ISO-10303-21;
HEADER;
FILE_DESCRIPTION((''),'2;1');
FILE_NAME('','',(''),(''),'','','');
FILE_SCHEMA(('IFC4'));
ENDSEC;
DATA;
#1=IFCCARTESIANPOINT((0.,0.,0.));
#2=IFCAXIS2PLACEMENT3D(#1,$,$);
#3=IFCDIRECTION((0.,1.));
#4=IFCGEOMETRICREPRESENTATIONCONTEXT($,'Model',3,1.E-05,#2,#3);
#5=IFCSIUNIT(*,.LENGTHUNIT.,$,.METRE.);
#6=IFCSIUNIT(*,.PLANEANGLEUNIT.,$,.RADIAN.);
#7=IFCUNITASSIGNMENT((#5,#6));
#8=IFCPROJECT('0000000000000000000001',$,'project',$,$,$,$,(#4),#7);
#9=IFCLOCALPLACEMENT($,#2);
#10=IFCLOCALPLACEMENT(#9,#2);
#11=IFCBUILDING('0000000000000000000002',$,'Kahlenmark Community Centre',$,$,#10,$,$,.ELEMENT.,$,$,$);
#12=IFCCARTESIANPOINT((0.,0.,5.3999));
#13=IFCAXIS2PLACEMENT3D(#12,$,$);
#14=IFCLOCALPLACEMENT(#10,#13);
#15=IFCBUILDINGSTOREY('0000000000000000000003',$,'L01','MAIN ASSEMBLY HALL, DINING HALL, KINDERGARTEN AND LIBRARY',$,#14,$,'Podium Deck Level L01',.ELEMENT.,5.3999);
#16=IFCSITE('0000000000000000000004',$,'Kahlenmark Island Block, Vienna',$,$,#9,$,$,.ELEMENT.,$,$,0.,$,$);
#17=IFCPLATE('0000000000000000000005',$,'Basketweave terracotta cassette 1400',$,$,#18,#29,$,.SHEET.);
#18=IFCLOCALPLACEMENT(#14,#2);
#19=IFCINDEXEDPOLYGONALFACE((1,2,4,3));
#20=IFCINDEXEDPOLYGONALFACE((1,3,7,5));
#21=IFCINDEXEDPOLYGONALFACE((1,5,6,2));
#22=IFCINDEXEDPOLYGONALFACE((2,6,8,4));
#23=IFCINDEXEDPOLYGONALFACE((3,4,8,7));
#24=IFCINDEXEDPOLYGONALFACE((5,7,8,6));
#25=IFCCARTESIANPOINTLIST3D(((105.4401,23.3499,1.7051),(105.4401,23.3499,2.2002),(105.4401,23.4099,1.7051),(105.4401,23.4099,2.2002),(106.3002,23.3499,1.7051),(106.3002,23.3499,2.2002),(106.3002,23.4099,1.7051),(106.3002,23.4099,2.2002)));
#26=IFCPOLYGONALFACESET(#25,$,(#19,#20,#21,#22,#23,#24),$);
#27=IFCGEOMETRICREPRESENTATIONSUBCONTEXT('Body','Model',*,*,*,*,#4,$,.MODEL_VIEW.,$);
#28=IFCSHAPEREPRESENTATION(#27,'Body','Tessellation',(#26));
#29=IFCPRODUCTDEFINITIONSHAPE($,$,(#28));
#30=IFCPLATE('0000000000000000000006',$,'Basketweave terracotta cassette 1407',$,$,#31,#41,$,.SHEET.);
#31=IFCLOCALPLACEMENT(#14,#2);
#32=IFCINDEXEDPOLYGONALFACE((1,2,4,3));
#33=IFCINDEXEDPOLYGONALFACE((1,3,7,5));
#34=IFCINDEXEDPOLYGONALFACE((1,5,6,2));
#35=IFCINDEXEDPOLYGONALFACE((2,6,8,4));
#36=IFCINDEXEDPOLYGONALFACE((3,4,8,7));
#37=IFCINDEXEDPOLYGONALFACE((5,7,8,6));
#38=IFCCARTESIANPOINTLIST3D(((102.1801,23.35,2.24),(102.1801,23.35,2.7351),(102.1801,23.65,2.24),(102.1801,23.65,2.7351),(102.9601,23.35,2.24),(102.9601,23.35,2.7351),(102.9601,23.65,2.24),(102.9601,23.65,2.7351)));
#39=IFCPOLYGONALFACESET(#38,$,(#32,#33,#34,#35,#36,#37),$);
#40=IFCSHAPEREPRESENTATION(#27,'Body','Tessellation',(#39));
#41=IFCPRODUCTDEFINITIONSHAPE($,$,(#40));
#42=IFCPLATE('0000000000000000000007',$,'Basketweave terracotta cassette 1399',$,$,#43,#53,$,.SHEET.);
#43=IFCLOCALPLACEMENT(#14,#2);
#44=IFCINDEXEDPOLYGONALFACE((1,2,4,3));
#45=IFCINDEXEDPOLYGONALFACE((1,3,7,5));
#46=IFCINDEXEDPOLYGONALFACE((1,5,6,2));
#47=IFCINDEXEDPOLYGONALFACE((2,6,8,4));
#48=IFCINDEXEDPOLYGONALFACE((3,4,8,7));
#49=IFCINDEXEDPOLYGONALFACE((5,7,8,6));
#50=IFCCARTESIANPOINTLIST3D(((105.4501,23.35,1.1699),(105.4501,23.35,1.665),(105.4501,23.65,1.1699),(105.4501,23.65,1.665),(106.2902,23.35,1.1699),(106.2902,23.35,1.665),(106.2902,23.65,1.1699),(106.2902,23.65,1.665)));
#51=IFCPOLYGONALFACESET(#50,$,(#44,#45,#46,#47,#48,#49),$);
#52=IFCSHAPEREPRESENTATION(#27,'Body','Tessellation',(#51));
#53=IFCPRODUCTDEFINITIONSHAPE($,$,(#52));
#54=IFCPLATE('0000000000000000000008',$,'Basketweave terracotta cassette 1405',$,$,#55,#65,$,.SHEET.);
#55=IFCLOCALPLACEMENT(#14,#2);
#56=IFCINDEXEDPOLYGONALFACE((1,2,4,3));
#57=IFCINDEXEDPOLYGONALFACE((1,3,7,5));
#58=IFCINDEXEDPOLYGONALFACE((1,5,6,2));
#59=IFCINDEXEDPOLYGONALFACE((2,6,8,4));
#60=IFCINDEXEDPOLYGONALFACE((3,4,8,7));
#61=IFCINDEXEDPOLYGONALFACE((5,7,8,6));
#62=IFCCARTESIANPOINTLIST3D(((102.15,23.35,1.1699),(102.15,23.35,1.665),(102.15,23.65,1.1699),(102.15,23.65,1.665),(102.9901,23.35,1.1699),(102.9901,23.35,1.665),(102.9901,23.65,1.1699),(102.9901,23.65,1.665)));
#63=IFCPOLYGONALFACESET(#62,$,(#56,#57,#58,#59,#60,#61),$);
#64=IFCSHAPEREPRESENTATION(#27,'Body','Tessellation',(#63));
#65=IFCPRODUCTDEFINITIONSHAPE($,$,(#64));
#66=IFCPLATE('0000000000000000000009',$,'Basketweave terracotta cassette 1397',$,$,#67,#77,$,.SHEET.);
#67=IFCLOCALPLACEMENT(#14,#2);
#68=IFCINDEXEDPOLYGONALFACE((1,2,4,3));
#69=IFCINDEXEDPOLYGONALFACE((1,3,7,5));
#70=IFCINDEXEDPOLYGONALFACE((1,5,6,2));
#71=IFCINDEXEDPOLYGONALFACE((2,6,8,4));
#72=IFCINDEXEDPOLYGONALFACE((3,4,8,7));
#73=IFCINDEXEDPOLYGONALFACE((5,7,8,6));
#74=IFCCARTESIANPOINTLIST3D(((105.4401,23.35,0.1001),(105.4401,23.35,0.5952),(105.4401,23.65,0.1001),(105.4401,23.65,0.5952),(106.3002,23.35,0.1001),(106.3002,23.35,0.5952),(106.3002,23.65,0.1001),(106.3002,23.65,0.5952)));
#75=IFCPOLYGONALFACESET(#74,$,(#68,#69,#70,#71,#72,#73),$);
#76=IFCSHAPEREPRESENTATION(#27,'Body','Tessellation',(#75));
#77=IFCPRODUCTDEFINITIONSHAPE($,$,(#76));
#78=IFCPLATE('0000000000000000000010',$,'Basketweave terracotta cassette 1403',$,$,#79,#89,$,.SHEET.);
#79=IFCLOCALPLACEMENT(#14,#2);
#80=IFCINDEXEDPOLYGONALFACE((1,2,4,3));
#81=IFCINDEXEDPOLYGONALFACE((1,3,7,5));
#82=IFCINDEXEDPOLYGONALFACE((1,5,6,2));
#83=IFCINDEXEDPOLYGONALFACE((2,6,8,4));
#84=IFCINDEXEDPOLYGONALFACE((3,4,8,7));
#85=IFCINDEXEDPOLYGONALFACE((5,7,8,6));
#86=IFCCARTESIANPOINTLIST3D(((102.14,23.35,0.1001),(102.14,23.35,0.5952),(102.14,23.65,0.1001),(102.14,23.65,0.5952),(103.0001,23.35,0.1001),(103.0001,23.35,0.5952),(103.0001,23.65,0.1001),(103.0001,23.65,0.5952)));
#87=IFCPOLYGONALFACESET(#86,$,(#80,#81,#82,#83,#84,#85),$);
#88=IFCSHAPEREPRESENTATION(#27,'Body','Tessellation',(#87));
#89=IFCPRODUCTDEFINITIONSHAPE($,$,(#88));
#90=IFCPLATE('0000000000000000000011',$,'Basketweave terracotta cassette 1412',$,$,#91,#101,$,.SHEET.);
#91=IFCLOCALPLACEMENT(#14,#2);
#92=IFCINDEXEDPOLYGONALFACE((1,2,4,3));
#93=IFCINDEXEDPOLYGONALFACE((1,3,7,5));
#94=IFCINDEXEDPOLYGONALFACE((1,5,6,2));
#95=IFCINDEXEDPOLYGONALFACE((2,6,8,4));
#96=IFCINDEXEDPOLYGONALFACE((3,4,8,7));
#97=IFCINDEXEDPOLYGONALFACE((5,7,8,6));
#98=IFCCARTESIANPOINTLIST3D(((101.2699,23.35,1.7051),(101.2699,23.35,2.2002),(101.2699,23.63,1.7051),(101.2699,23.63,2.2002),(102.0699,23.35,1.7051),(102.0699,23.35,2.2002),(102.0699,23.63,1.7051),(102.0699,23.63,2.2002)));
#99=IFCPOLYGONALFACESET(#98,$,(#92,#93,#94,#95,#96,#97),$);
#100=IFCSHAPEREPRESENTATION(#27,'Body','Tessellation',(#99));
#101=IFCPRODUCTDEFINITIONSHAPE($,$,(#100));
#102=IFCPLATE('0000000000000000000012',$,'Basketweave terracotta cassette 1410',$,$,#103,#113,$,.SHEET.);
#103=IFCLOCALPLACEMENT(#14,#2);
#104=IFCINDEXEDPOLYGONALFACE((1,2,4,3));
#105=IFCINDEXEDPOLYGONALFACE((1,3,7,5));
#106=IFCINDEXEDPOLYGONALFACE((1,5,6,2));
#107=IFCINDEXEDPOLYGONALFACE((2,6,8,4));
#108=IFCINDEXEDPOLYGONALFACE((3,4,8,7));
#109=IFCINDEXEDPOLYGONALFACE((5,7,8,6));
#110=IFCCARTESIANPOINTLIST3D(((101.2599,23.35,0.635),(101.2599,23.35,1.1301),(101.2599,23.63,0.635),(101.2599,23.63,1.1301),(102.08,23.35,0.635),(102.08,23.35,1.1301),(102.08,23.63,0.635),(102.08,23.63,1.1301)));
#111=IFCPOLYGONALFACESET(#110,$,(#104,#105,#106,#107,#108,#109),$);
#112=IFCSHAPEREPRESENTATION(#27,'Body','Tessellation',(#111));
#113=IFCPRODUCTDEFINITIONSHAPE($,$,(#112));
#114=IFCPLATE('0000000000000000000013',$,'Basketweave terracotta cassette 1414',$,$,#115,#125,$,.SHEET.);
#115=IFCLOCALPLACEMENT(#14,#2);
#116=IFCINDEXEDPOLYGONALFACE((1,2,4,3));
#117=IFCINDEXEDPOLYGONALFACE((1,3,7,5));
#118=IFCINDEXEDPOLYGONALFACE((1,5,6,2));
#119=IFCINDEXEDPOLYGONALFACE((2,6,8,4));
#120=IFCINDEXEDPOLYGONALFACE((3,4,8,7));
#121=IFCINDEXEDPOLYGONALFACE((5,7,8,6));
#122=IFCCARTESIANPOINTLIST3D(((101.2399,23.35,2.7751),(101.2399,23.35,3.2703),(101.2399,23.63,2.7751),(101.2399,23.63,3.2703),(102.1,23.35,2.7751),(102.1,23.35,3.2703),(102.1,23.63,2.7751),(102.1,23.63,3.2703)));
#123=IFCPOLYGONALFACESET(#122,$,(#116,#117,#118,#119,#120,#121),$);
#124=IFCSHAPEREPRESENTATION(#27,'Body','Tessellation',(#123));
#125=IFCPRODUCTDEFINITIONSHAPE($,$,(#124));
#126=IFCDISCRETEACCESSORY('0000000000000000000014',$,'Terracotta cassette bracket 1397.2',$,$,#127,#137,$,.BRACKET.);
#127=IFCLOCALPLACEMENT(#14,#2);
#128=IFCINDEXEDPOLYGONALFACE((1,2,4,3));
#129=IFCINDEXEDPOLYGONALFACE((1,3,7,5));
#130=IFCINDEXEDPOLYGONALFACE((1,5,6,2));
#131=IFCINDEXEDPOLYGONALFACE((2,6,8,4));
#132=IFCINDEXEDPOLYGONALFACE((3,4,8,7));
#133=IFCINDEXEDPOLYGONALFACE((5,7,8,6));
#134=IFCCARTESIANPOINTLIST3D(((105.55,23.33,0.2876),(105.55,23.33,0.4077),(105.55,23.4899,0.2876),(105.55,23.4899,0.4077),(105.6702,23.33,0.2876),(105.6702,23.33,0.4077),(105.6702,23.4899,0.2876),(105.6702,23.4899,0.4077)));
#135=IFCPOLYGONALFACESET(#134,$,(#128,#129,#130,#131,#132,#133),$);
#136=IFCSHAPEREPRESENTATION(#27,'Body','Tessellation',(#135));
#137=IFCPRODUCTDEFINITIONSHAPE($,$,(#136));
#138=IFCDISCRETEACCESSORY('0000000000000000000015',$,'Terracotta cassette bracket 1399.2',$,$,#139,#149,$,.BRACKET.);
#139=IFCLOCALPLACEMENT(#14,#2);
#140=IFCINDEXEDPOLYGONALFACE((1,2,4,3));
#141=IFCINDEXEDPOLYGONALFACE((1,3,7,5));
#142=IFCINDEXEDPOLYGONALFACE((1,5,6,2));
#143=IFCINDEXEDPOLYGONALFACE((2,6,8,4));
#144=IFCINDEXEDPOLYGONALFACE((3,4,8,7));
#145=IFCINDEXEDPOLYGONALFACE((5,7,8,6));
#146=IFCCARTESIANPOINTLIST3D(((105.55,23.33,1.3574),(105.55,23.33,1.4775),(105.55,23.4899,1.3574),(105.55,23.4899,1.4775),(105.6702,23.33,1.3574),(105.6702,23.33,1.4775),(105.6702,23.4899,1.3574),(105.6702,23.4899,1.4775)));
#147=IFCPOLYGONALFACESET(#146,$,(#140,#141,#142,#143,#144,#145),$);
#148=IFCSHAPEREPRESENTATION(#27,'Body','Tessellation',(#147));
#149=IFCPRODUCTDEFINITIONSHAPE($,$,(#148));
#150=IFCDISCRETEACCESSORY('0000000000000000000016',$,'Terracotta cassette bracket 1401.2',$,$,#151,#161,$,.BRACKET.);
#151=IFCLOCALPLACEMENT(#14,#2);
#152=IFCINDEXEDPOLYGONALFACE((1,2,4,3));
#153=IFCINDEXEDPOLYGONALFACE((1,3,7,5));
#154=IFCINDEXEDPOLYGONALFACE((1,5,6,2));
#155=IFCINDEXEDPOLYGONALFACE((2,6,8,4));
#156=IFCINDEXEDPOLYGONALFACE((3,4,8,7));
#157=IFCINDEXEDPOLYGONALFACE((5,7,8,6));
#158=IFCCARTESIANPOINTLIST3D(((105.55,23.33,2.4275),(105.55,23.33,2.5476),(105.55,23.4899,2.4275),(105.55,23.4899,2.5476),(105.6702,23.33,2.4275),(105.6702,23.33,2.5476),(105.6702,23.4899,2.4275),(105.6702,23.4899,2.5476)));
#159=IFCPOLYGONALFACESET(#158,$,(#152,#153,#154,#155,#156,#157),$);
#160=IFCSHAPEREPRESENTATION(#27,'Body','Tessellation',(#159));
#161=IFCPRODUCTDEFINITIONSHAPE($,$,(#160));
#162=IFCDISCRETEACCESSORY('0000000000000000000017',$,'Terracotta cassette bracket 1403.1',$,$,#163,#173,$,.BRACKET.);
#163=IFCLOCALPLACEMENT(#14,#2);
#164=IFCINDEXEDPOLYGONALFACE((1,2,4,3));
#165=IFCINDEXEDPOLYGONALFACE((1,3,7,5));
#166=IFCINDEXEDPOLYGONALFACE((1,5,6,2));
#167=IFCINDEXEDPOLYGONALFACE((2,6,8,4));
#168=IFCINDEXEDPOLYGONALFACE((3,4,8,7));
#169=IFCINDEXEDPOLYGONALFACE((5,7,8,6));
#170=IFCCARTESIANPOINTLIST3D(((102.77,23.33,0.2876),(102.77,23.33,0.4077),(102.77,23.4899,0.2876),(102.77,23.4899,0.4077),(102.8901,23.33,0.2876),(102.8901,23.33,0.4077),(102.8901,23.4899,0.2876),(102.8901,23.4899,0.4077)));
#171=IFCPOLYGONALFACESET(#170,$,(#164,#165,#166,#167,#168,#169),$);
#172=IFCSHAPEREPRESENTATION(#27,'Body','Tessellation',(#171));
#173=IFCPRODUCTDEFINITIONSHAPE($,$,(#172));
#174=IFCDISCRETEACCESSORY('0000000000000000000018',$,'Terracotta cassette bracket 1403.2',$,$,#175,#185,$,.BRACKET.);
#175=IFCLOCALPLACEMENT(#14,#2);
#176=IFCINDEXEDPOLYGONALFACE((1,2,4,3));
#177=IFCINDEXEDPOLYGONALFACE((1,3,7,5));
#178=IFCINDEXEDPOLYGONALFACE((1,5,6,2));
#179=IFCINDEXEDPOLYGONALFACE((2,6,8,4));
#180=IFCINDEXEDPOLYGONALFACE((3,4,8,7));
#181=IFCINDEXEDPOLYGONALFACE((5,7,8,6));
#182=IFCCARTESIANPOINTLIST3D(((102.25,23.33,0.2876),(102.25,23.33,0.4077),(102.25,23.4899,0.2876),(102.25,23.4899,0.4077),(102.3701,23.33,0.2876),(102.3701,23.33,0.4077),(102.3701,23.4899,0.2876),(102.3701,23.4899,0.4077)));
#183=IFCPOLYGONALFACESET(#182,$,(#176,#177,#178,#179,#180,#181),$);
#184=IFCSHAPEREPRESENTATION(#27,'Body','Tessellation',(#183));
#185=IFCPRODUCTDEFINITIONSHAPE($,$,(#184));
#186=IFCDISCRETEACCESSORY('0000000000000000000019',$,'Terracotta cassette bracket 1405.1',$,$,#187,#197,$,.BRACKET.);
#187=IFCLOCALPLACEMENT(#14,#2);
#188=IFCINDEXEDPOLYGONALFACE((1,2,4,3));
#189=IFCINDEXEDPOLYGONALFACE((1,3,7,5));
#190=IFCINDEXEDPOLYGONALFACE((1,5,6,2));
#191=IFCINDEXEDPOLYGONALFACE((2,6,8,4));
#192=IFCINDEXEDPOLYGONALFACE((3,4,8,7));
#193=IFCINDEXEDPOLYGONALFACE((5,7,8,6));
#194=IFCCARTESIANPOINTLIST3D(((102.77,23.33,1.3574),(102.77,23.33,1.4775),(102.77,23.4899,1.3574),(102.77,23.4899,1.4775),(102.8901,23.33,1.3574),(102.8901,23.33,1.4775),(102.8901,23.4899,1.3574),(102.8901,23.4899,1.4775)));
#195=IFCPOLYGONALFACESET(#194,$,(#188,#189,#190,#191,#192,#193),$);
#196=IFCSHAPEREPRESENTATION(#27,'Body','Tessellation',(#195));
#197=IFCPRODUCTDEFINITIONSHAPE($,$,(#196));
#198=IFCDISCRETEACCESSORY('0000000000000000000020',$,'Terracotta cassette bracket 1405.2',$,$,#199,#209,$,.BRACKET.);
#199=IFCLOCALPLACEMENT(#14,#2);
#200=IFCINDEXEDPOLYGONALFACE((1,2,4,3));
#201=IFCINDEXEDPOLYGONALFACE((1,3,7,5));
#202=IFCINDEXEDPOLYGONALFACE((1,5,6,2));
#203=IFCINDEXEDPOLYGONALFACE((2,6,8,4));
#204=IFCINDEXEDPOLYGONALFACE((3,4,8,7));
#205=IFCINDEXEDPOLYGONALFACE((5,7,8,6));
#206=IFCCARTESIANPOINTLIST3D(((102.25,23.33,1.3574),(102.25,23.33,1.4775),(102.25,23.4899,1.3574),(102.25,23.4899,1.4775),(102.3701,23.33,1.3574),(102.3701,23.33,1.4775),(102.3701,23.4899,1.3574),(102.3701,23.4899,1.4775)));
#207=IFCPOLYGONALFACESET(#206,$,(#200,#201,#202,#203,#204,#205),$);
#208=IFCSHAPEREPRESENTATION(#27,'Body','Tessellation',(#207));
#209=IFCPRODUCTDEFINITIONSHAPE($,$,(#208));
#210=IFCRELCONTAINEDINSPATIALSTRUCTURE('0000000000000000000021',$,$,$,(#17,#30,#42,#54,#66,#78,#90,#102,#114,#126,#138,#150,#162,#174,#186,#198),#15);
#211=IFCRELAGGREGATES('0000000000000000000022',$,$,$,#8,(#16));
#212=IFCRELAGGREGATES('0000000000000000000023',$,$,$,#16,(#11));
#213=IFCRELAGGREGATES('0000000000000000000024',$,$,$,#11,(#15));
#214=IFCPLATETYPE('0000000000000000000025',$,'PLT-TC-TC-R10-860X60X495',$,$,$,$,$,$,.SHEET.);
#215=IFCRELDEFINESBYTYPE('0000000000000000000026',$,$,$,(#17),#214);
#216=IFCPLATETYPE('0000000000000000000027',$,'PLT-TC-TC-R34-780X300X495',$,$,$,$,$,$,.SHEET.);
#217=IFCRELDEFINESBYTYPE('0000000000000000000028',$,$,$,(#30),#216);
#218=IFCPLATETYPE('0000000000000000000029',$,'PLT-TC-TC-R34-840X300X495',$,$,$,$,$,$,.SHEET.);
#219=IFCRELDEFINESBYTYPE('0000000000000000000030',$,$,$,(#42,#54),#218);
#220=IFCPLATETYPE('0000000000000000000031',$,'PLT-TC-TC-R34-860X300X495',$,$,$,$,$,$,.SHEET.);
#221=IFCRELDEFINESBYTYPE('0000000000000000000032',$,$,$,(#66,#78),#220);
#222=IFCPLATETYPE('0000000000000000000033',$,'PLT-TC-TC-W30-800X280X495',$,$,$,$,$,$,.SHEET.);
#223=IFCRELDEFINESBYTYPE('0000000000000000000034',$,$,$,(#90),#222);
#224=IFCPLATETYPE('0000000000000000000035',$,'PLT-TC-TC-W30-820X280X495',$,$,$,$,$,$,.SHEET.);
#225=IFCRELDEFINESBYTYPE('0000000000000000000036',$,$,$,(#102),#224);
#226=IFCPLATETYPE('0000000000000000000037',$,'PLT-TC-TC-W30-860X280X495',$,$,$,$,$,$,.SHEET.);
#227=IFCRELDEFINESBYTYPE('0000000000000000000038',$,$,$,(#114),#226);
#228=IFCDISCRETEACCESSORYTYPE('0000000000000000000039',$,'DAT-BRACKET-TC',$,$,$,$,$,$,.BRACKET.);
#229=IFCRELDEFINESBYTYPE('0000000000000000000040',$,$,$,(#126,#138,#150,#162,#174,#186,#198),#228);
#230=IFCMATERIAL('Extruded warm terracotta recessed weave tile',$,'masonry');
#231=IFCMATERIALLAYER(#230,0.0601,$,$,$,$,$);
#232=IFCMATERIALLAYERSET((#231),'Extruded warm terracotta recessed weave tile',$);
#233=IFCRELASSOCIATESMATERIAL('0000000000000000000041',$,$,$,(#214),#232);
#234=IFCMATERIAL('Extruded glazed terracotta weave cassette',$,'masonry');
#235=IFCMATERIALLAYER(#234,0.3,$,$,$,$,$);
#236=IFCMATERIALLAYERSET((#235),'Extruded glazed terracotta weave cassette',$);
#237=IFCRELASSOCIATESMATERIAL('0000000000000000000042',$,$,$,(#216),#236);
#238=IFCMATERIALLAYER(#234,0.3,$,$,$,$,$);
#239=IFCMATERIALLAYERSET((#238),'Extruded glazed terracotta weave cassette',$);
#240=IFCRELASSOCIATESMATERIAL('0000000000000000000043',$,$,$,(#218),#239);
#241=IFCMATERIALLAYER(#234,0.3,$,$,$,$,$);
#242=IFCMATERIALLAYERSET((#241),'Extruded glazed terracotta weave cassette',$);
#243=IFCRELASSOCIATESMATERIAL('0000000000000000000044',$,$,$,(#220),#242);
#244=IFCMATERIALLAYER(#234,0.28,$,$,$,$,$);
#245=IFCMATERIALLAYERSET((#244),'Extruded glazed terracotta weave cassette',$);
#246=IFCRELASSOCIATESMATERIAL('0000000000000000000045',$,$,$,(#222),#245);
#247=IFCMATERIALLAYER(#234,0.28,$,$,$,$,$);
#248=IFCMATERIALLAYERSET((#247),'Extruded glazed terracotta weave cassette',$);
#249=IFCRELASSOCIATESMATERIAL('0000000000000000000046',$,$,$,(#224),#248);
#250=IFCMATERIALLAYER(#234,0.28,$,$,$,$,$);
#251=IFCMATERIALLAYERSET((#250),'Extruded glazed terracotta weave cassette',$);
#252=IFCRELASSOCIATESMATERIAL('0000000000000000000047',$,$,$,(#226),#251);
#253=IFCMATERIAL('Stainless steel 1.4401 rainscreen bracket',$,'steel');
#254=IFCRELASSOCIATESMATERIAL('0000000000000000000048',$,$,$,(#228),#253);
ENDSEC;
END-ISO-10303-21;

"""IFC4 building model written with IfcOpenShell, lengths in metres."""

from ifc_helpers import new_model, si_unit, direction, frame, origin, origin_2d, place, context, subcontext, project, spatial, rectangle, extrude, material, layer, layer_set, type_object, element, save


model = new_model("IFC4")

# Units and contexts
model_context = context("Model", 3, precision=1e-05, world=origin(), true_north=direction((0.0, 1.0)))
body_context = subcontext(model_context, "Body", "Model", "MODEL_VIEW")
ifc_project = project(units=[si_unit("LENGTHUNIT", "METRE"), si_unit("PLANEANGLEUNIT", "RADIAN")], contexts=[model_context])

# Site, building, storey
site_placement = place(None, origin())
site = spatial("IfcSite", under=ifc_project, at=site_placement, Name="Kahlenmark Island Block, Vienna", CompositionType="ELEMENT", RefElevation=0.0)
building_placement = place(site_placement, origin())
building = spatial("IfcBuilding", under=site, at=building_placement, Name="Kahlenmark Community Centre", CompositionType="ELEMENT")
storey_placement = place(building_placement, frame((0.0, 0.0, 5.3999)))
storey = spatial("IfcBuildingStorey", under=building, at=storey_placement, Name="L01", Description="MAIN ASSEMBLY HALL, DINING HALL, KINDERGARTEN AND LIBRARY", LongName="Podium Deck Level L01", CompositionType="ELEMENT", Elevation=5.3999)

# Plates
ifc_material_1 = material(Name="Extruded warm terracotta recessed weave tile", Category="masonry")
ifc_layer_1 = layer(ifc_material_1, 0.0601)
ifc_layer_set_1 = layer_set([ifc_layer_1], Name="Extruded warm terracotta recessed weave tile")
plate_type_1 = type_object("IfcPlateType", Name="PLT-TC-TC-R10-860X60X495", PredefinedType="SHEET", material=ifc_layer_set_1)
plate_1_placement = place(storey_placement, frame((105.8701, 23.3799, 1.7051), z_axis=(0.0, 0.0, 1.0), x_axis=(-1.0, 0.0, 0.0)))
element("IfcPlate", 1, at=plate_1_placement, inside=storey, type_object=plate_type_1, Name="Basketweave terracotta cassette 1400", PredefinedType="SHEET", context=body_context, shape_type="SweptSolid", body=[
    extrude(rectangle(XDim=0.8601, YDim=0.0601, at=origin_2d()), origin(), (0.0, 0.0, 1.0), 0.4951),
])
ifc_material_2 = material(Name="Extruded glazed terracotta weave cassette", Category="masonry")
ifc_layer_2 = layer(ifc_material_2, 0.3)
ifc_layer_set_2 = layer_set([ifc_layer_2], Name="Extruded glazed terracotta weave cassette")
plate_type_2 = type_object("IfcPlateType", Name="PLT-TC-TC-R34-780X300X495", PredefinedType="SHEET", material=ifc_layer_set_2)
plate_2_placement = place(storey_placement, frame((102.5701, 23.5, 2.24), z_axis=(0.0, 0.0, 1.0), x_axis=(-1.0, 0.0, 0.0)))
element("IfcPlate", 2, at=plate_2_placement, inside=storey, type_object=plate_type_2, Name="Basketweave terracotta cassette 1407", PredefinedType="SHEET", context=body_context, shape_type="SweptSolid", body=[
    extrude(rectangle(XDim=0.78, YDim=0.3, at=origin_2d()), origin(), (0.0, 0.0, 1.0), 0.4951),
])
ifc_layer_3 = layer(ifc_material_2, 0.3)
ifc_layer_set_3 = layer_set([ifc_layer_3], Name="Extruded glazed terracotta weave cassette")
plate_type_3 = type_object("IfcPlateType", Name="PLT-TC-TC-R34-840X300X495", PredefinedType="SHEET", material=ifc_layer_set_3)
for number, where, z_axis, x_axis, name in (
    (3, (105.8701, 23.5, 1.1699), (0.0, 0.0, 1.0), (-1.0, 0.0, 0.0), "Basketweave terracotta cassette 1399"),
    (4, (102.5701, 23.5, 1.1699), (0.0, 0.0, 1.0), (-1.0, 0.0, 0.0), "Basketweave terracotta cassette 1405"),
):
    element("IfcPlate", number, at=place(storey_placement, frame(where, z_axis=z_axis, x_axis=x_axis)), inside=storey, type_object=plate_type_3, Name=name, PredefinedType="SHEET", context=body_context, shape_type="SweptSolid", body=[
        extrude(rectangle(XDim=0.8401, YDim=0.3, at=origin_2d()), origin(), (0.0, 0.0, 1.0), 0.4951),
    ])
ifc_layer_4 = layer(ifc_material_2, 0.3)
ifc_layer_set_4 = layer_set([ifc_layer_4], Name="Extruded glazed terracotta weave cassette")
plate_type_4 = type_object("IfcPlateType", Name="PLT-TC-TC-R34-860X300X495", PredefinedType="SHEET", material=ifc_layer_set_4)
for number, where, z_axis, x_axis, name in (
    (5, (105.8701, 23.5, 0.1001), (0.0, 0.0, 1.0), (-1.0, 0.0, 0.0), "Basketweave terracotta cassette 1397"),
    (6, (102.5701, 23.5, 0.1001), (0.0, 0.0, 1.0), (-1.0, 0.0, 0.0), "Basketweave terracotta cassette 1403"),
):
    element("IfcPlate", number, at=place(storey_placement, frame(where, z_axis=z_axis, x_axis=x_axis)), inside=storey, type_object=plate_type_4, Name=name, PredefinedType="SHEET", context=body_context, shape_type="SweptSolid", body=[
        extrude(rectangle(XDim=0.8601, YDim=0.3, at=origin_2d()), origin(), (0.0, 0.0, 1.0), 0.4951),
    ])
ifc_layer_5 = layer(ifc_material_2, 0.28)
ifc_layer_set_5 = layer_set([ifc_layer_5], Name="Extruded glazed terracotta weave cassette")
plate_type_5 = type_object("IfcPlateType", Name="PLT-TC-TC-W30-800X280X495", PredefinedType="SHEET", material=ifc_layer_set_5)
plate_3_placement = place(storey_placement, frame((101.6699, 23.49, 1.7051), z_axis=(0.0, 0.0, 1.0), x_axis=(-1.0, 0.0, 0.0)))
element("IfcPlate", 7, at=plate_3_placement, inside=storey, type_object=plate_type_5, Name="Basketweave terracotta cassette 1412", PredefinedType="SHEET", context=body_context, shape_type="SweptSolid", body=[
    extrude(rectangle(XDim=0.8, YDim=0.28, at=origin_2d()), origin(), (0.0, 0.0, 1.0), 0.4951),
])
ifc_layer_6 = layer(ifc_material_2, 0.28)
ifc_layer_set_6 = layer_set([ifc_layer_6], Name="Extruded glazed terracotta weave cassette")
plate_type_6 = type_object("IfcPlateType", Name="PLT-TC-TC-W30-820X280X495", PredefinedType="SHEET", material=ifc_layer_set_6)
plate_4_placement = place(storey_placement, frame((101.6699, 23.49, 0.635), z_axis=(0.0, 0.0, 1.0), x_axis=(-1.0, 0.0, 0.0)))
element("IfcPlate", 8, at=plate_4_placement, inside=storey, type_object=plate_type_6, Name="Basketweave terracotta cassette 1410", PredefinedType="SHEET", context=body_context, shape_type="SweptSolid", body=[
    extrude(rectangle(XDim=0.8201, YDim=0.28, at=origin_2d()), origin(), (0.0, 0.0, 1.0), 0.4951),
])
ifc_layer_7 = layer(ifc_material_2, 0.28)
ifc_layer_set_7 = layer_set([ifc_layer_7], Name="Extruded glazed terracotta weave cassette")
plate_type_7 = type_object("IfcPlateType", Name="PLT-TC-TC-W30-860X280X495", PredefinedType="SHEET", material=ifc_layer_set_7)
plate_5_placement = place(storey_placement, frame((101.6699, 23.49, 2.7751), z_axis=(0.0, 0.0, 1.0), x_axis=(-1.0, 0.0, 0.0)))
element("IfcPlate", 9, at=plate_5_placement, inside=storey, type_object=plate_type_7, Name="Basketweave terracotta cassette 1414", PredefinedType="SHEET", context=body_context, shape_type="SweptSolid", body=[
    extrude(rectangle(XDim=0.8601, YDim=0.28, at=origin_2d()), origin(), (0.0, 0.0, 1.0), 0.4951),
])

# Discrete accessories
ifc_material_3 = material(Name="Stainless steel 1.4401 rainscreen bracket", Category="steel")
discrete_accessory_type = type_object("IfcDiscreteAccessoryType", Name="DAT-BRACKET-TC", PredefinedType="BRACKET", material=ifc_material_3)
for number, where, z_axis, x_axis, name in (
    (10, (105.6101, 23.4099, 0.2876), (0.0, 0.0, 1.0), (-1.0, 0.0, 0.0), "Terracotta cassette bracket 1397.2"),
    (11, (105.6101, 23.4099, 1.3574), (0.0, 0.0, 1.0), (-1.0, 0.0, 0.0), "Terracotta cassette bracket 1399.2"),
    (12, (105.6101, 23.4099, 2.4275), (0.0, 0.0, 1.0), (-1.0, 0.0, 0.0), "Terracotta cassette bracket 1401.2"),
    (13, (102.8301, 23.4099, 0.2876), (0.0, 0.0, 1.0), (-1.0, 0.0, 0.0), "Terracotta cassette bracket 1403.1"),
    (14, (102.3101, 23.4099, 0.2876), (0.0, 0.0, 1.0), (-1.0, 0.0, 0.0), "Terracotta cassette bracket 1403.2"),
    (15, (102.8301, 23.4099, 1.3574), (0.0, 0.0, 1.0), (-1.0, 0.0, 0.0), "Terracotta cassette bracket 1405.1"),
    (16, (102.3101, 23.4099, 1.3574), (0.0, 0.0, 1.0), (-1.0, 0.0, 0.0), "Terracotta cassette bracket 1405.2"),
):
    element("IfcDiscreteAccessory", number, at=place(storey_placement, frame(where, z_axis=z_axis, x_axis=x_axis)), inside=storey, type_object=discrete_accessory_type, Name=name, PredefinedType="BRACKET", context=body_context, shape_type="SweptSolid", body=[
        extrude(rectangle(XDim=0.1201, YDim=0.1599, at=origin_2d()), origin(), (0.0, 0.0, 1.0), 0.1201),
    ])

save(model, "model.ifc")
